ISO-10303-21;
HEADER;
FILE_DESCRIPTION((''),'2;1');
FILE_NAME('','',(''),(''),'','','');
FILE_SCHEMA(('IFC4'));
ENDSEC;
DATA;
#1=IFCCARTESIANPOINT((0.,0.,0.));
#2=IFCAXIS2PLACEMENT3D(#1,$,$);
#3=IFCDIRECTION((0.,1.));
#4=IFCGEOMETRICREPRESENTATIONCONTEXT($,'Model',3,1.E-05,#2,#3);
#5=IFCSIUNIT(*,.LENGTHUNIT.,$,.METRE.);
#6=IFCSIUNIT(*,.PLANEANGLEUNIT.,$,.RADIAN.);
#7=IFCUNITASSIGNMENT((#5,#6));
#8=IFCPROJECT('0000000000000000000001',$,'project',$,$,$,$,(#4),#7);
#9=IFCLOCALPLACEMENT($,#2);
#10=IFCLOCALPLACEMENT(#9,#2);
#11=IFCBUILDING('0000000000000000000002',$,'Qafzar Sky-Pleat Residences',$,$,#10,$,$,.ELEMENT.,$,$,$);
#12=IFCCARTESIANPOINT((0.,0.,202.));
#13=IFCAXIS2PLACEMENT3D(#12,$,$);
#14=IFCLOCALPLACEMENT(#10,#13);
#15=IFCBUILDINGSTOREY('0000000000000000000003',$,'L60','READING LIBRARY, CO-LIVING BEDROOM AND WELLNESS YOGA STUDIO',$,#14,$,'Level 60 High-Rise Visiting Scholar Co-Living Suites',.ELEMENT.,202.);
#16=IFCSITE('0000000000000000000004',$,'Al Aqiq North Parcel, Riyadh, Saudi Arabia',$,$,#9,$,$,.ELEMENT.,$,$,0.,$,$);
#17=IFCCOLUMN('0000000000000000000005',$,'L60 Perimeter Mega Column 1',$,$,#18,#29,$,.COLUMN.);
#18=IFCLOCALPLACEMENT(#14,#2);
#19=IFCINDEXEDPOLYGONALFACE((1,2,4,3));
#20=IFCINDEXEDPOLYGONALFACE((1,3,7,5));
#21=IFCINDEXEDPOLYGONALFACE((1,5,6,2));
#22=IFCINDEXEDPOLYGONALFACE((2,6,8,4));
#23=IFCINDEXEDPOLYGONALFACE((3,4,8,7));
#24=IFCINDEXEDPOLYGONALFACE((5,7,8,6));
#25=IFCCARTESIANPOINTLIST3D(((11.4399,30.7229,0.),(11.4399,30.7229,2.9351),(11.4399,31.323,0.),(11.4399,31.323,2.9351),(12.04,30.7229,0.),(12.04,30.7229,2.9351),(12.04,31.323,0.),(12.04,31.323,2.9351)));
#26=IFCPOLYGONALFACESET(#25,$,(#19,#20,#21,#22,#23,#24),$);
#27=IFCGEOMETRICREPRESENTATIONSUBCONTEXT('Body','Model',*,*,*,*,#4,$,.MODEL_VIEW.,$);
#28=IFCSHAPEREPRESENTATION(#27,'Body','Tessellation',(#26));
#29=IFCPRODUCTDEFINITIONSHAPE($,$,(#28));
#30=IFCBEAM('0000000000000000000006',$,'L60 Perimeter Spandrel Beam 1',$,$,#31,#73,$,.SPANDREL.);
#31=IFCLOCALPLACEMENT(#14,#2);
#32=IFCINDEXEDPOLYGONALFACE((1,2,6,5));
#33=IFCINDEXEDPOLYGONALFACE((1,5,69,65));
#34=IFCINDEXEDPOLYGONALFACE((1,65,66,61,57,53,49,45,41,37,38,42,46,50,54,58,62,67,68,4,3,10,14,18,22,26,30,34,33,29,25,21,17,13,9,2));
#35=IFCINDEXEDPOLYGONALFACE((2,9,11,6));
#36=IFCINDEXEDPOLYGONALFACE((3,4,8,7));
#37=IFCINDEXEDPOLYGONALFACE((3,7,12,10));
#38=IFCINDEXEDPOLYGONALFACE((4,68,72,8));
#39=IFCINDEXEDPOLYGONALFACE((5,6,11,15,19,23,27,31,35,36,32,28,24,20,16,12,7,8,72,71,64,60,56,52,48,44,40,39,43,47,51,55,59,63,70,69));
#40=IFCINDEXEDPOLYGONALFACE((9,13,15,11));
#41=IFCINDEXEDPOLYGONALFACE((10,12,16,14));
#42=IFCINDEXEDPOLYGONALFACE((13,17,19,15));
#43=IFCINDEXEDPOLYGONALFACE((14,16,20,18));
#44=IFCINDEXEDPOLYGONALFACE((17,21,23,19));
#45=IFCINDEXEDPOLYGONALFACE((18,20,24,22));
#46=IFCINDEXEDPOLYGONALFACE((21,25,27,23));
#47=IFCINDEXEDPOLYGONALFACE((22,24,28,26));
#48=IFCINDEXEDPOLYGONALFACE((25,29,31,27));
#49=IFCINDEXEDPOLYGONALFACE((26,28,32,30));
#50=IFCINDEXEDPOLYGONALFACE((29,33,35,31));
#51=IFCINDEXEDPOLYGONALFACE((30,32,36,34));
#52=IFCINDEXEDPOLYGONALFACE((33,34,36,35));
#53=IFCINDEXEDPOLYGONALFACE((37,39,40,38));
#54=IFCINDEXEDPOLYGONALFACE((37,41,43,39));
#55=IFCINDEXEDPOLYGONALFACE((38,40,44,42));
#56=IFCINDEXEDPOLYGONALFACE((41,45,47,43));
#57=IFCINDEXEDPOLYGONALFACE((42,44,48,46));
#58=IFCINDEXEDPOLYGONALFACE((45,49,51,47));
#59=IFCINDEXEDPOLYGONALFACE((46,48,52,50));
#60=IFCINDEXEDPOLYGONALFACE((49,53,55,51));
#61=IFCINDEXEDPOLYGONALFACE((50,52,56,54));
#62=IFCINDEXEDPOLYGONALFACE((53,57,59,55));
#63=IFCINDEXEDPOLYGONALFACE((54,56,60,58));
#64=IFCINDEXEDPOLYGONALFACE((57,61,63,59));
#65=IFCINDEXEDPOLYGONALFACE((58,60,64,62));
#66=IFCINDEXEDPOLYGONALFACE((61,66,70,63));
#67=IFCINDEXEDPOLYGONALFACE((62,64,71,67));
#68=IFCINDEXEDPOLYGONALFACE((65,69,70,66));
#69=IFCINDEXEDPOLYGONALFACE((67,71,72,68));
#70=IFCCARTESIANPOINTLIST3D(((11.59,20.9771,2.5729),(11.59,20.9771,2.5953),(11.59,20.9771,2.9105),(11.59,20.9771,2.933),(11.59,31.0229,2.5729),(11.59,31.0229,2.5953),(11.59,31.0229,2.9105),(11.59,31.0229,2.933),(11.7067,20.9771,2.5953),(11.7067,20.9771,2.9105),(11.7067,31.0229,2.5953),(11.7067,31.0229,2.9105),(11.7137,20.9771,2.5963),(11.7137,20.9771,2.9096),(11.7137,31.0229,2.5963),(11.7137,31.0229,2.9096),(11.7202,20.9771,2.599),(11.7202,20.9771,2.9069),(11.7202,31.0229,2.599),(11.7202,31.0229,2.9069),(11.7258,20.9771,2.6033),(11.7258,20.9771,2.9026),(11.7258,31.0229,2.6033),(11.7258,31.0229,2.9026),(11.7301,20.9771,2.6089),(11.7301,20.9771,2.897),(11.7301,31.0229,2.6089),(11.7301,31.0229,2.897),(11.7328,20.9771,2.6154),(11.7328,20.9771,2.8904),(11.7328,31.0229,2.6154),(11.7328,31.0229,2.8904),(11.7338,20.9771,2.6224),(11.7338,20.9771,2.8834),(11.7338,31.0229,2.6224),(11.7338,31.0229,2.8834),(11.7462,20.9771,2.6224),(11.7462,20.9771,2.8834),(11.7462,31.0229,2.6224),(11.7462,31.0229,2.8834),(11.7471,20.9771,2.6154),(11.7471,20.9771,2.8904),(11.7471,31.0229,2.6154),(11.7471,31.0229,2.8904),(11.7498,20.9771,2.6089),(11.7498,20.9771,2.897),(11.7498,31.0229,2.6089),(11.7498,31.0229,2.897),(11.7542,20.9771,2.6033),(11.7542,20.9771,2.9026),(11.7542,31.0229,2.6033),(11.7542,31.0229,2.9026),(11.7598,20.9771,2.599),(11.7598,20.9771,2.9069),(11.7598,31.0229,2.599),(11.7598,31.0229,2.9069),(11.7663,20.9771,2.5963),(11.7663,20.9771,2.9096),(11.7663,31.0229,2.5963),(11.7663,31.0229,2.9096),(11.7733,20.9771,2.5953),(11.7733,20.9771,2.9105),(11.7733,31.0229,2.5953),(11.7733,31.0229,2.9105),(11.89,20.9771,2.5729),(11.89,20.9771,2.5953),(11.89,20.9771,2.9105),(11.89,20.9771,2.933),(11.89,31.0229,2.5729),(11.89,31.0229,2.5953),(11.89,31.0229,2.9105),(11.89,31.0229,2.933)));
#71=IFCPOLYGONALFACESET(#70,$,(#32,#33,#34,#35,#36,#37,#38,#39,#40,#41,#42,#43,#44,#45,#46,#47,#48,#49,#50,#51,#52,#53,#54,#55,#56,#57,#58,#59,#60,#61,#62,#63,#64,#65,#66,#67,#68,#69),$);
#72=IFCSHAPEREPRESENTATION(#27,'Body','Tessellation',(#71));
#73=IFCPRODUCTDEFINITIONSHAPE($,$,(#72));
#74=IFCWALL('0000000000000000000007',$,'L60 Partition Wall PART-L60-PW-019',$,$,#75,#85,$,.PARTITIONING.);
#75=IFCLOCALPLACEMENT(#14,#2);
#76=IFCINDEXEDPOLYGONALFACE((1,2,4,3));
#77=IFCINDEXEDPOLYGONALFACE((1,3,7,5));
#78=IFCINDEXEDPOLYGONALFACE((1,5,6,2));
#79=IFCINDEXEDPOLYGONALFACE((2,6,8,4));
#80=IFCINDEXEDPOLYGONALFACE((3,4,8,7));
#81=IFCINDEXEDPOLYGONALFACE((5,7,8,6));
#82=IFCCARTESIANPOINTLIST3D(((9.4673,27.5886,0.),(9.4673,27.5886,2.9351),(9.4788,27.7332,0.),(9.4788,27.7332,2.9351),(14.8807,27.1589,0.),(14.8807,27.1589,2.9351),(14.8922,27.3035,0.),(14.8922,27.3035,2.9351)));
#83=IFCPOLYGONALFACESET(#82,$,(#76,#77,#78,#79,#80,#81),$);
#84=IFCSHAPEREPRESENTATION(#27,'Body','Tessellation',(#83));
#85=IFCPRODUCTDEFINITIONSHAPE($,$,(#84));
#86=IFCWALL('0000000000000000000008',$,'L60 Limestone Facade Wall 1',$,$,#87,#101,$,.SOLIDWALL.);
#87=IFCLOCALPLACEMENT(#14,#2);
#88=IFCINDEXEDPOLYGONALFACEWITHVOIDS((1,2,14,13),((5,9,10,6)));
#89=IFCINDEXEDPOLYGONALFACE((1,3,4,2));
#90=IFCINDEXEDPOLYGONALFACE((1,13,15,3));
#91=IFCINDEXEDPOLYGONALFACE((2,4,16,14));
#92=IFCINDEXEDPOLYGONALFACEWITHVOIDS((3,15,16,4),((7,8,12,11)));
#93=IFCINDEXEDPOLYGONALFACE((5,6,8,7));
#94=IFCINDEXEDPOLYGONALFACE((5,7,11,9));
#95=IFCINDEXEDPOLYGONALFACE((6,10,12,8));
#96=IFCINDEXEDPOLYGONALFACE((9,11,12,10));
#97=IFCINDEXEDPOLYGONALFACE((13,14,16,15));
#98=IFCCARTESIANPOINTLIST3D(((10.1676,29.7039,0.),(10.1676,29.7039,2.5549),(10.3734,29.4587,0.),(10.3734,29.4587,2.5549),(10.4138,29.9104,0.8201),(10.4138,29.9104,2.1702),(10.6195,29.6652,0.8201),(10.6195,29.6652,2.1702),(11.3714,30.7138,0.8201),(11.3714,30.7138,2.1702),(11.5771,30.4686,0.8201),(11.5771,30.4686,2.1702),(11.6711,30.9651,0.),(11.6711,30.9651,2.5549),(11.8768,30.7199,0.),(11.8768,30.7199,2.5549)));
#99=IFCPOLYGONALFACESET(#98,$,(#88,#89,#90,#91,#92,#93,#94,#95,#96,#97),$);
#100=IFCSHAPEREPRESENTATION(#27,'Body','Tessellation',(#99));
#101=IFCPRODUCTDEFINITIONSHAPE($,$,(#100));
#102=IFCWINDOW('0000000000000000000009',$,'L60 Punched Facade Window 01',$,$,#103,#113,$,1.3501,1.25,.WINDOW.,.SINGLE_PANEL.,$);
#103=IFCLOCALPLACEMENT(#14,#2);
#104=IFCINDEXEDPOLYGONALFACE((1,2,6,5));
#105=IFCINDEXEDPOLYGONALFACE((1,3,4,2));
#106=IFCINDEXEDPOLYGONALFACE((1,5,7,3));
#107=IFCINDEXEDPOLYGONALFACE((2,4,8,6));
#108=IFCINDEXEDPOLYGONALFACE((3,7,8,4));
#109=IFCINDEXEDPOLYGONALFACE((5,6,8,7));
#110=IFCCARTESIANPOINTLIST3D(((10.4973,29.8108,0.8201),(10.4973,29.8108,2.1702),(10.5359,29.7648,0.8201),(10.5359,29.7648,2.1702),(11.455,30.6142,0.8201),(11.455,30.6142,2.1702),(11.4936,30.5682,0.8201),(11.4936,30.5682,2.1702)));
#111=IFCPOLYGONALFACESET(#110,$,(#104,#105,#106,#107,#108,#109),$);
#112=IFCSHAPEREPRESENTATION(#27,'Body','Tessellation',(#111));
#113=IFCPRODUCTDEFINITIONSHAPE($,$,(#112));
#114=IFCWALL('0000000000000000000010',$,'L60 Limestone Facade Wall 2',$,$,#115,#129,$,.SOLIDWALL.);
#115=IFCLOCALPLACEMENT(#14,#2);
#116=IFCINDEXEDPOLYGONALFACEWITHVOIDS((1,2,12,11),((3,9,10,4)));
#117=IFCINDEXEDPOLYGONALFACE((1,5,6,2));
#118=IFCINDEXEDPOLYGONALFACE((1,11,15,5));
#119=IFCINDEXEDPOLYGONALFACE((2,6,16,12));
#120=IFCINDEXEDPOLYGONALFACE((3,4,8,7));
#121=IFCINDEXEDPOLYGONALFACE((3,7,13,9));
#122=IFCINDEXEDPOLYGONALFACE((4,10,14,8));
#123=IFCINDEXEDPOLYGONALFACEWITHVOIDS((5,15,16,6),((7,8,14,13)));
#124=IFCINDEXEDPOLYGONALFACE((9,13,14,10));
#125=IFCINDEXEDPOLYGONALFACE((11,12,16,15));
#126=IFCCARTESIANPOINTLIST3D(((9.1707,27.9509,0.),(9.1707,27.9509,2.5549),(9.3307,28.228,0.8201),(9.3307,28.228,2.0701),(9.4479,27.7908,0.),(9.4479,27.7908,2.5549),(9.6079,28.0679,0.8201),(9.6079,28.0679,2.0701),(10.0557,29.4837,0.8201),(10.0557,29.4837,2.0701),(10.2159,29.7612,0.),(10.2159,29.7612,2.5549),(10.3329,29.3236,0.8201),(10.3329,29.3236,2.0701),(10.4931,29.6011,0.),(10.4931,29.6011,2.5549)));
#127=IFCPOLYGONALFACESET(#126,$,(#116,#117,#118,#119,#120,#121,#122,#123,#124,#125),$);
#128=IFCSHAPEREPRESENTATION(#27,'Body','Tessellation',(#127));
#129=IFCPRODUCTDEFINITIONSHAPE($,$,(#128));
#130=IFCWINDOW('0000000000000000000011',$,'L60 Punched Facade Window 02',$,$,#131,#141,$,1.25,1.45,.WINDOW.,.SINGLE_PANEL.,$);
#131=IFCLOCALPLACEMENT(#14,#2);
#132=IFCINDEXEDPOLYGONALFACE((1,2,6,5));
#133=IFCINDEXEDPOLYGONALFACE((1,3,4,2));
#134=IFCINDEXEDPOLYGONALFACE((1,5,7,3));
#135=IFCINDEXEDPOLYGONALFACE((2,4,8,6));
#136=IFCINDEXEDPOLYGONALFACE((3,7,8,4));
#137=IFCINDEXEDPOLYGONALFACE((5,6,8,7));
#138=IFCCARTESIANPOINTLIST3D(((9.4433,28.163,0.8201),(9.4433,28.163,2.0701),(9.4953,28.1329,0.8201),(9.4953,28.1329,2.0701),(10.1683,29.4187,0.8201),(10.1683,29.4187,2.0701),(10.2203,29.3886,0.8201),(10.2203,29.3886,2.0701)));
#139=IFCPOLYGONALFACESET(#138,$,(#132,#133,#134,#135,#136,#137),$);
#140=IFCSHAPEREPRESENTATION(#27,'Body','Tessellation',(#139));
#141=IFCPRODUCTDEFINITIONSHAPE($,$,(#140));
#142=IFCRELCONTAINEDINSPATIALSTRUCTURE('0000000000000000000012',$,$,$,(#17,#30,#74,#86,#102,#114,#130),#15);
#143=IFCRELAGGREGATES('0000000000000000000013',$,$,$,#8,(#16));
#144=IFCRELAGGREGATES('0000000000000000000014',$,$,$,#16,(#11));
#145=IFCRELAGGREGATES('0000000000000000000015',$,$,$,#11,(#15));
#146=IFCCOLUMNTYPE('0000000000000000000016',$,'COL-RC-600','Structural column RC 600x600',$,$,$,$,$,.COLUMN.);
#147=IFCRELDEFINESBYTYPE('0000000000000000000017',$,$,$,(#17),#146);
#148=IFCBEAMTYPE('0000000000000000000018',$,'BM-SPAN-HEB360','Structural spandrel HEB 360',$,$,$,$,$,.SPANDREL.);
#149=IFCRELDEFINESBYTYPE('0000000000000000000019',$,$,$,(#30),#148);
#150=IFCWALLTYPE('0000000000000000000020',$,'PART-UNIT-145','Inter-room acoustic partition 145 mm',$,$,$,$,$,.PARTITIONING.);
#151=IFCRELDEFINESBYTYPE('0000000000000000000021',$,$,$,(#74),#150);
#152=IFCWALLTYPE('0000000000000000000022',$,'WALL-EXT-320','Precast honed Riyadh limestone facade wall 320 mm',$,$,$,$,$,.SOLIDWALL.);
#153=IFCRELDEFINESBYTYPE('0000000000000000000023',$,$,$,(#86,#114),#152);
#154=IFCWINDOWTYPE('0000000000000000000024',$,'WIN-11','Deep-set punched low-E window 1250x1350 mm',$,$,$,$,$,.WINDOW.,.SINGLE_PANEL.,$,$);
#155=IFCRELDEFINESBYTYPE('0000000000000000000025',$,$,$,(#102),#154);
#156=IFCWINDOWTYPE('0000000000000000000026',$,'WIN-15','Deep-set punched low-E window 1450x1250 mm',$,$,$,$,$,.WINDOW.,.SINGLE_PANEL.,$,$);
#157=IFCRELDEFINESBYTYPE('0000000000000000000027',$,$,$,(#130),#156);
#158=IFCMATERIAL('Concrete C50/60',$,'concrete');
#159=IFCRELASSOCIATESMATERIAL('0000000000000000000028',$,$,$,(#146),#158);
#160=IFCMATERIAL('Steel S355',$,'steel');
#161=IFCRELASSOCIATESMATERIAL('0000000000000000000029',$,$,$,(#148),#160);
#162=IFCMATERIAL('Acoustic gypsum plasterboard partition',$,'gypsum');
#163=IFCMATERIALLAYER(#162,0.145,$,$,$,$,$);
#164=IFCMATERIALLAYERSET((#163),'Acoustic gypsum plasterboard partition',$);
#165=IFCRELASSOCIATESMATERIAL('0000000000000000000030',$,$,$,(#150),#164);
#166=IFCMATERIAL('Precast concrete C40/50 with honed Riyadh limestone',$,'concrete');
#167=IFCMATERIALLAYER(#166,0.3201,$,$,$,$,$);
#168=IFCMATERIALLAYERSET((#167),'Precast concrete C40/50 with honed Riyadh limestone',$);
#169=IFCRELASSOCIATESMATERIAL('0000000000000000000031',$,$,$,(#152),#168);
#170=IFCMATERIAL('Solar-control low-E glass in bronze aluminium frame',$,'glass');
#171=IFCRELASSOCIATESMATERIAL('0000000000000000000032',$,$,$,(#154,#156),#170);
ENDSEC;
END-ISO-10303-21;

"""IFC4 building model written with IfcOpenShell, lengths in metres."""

from ifc_helpers import new_model, si_unit, direction, frame, frame_2d, origin, origin_2d, place, context, subcontext, project, spatial, rectangle, i_section, extrude, source, transform, mapped, material, layer, layer_set, material_profile, profile_set, type_object, element, fill, save


model = new_model("IFC4")

# Units and contexts
model_context = context("Model", 3, precision=1e-05, world=origin(), true_north=direction((0.0, 1.0)))
body_context = subcontext(model_context, "Body", "Model", "MODEL_VIEW")
ifc_project = project(units=[si_unit("LENGTHUNIT", "METRE"), si_unit("PLANEANGLEUNIT", "RADIAN")], contexts=[model_context])

# Site, building, storey
site_placement = place(None, origin())
site = spatial("IfcSite", under=ifc_project, at=site_placement, Name="Al Aqiq North Parcel, Riyadh, Saudi Arabia", CompositionType="ELEMENT", RefElevation=0.0)
building_placement = place(site_placement, origin())
building = spatial("IfcBuilding", under=site, at=building_placement, Name="Qafzar Sky-Pleat Residences", CompositionType="ELEMENT")
storey_placement = place(building_placement, frame((0.0, 0.0, 202.0)))
storey = spatial("IfcBuildingStorey", under=building, at=storey_placement, Name="L60", Description="READING LIBRARY, CO-LIVING BEDROOM AND WELLNESS YOGA STUDIO", LongName="Level 60 High-Rise Visiting Scholar Co-Living Suites", CompositionType="ELEMENT", Elevation=202.0)

# Column
ifc_material_1 = material(Name="Concrete C50/60", Category="concrete")
ifc_material_profile_1 = material_profile(ifc_material_1, rectangle(XDim=0.6001, YDim=0.6001, at=origin_2d()), Name="RC 600x600")
ifc_profile_set_1 = profile_set([ifc_material_profile_1], Name="Concrete C50/60")
column_type = type_object("IfcColumnType", Name="COL-RC-600", Description="Structural column RC 600x600", PredefinedType="COLUMN", material=ifc_profile_set_1)
shared_shape_1 = source(origin(), body_context, "Body", "SweptSolid", [
    extrude(rectangle(XDim=0.6001, YDim=0.6001, at=origin_2d()), origin(), (0.0, 0.0, 1.0), 2.9351),
])
column_placement = place(storey_placement, frame((11.74, 31.0229, 0.0), z_axis=(0.0, 0.0, 1.0), x_axis=(1.0, 0.0, 0.0)))
element("IfcColumn", 1, at=column_placement, inside=storey, type_object=column_type, Name="L60 Perimeter Mega Column 1", PredefinedType="COLUMN", context=body_context, shape_type="MappedRepresentation", body=[
    mapped(shared_shape_1, transform((0.0, 0.0, 0.0), x_axis=(1.0, 0.0, 0.0), y_axis=(0.0, 1.0, 0.0), z_axis=(0.0, 0.0, 1.0), scale=1.0)),
])

# Beam
ifc_material_2 = material(Name="Steel S355", Category="steel")
ifc_material_profile_2 = material_profile(ifc_material_2, i_section(OverallWidth=0.3, OverallDepth=0.3601, WebThickness=0.0125, FlangeThickness=0.0225, FilletRadius=0.0271, at=origin_2d()), Name="HEB 360")
ifc_profile_set_2 = profile_set([ifc_material_profile_2], Name="Steel S355")
beam_type = type_object("IfcBeamType", Name="BM-SPAN-HEB360", Description="Structural spandrel HEB 360", PredefinedType="SPANDREL", material=ifc_profile_set_2)
shared_shape_2 = source(origin(), body_context, "Body", "SweptSolid", [
    extrude(i_section(OverallWidth=0.3, OverallDepth=0.3601, WebThickness=0.0125, FlangeThickness=0.0225, FilletRadius=0.0271, at=origin_2d()), origin(), (0.0, 0.0, 1.0), 10.0459),
])
beam_placement = place(storey_placement, frame((11.74, 31.0229, 2.7529), z_axis=(0.0, -1.0, 0.0), x_axis=(1.0, 0.0, 0.0)))
element("IfcBeam", 2, at=beam_placement, inside=storey, type_object=beam_type, Name="L60 Perimeter Spandrel Beam 1", PredefinedType="SPANDREL", context=body_context, shape_type="MappedRepresentation", body=[
    mapped(shared_shape_2, transform((0.0, 0.0, 0.0), x_axis=(1.0, 0.0, 0.0), y_axis=(0.0, 1.0, 0.0), z_axis=(0.0, 0.0, 1.0), scale=1.0)),
])

# Wall
ifc_material_3 = material(Name="Acoustic gypsum plasterboard partition", Category="gypsum")
ifc_layer_1 = layer(ifc_material_3, 0.145)
ifc_layer_set_1 = layer_set([ifc_layer_1], Name="Acoustic gypsum plasterboard partition")
wall_type_1 = type_object("IfcWallType", Name="PART-UNIT-145", Description="Inter-room acoustic partition 145 mm", PredefinedType="PARTITIONING", material=ifc_layer_set_1)
wall_1_placement = place(storey_placement, frame((9.4729, 27.6609, 0.0), z_axis=(0.0, 0.0, 1.0), x_axis=(0.996865, -0.079127, 0.0)))
element("IfcWall", 3, at=wall_1_placement, inside=storey, type_object=wall_type_1, Name="L60 Partition Wall PART-L60-PW-019", PredefinedType="PARTITIONING", context=body_context, shape_type="SweptSolid", body=[
    extrude(rectangle(XDim=5.4304, YDim=0.145, at=frame_2d((2.7153, 0.0))), origin(), (0.0, 0.0, 1.0), 2.9351),
])

# Walls, openings, windows
ifc_material_4 = material(Name="Precast concrete C40/50 with honed Riyadh limestone", Category="concrete")
ifc_layer_2 = layer(ifc_material_4, 0.3201)
ifc_layer_set_2 = layer_set([ifc_layer_2], Name="Precast concrete C40/50 with honed Riyadh limestone")
wall_type_2 = type_object("IfcWallType", Name="WALL-EXT-320", Description="Precast honed Riyadh limestone facade wall 320 mm", PredefinedType="SOLIDWALL", material=ifc_layer_set_2)
wall_2_placement = place(storey_placement, frame((11.7739, 30.8425, 0.0), z_axis=(0.0, 0.0, 1.0), x_axis=(-0.766116, -0.642702, 0.0)))
wall_2 = element("IfcWall", 4, at=wall_2_placement, inside=storey, type_object=wall_type_2, Name="L60 Limestone Facade Wall 1", PredefinedType="SOLIDWALL", context=body_context, shape_type="SweptSolid", body=[
    extrude(rectangle(XDim=1.9624, YDim=0.3201, at=frame_2d((0.9812, 0.0))), origin(), (0.0, 0.0, 1.0), 2.5549),
])
opening_1_placement = place(wall_2_placement, frame((0.3911, 0.0, 0.8201)))
opening_1 = element("IfcOpeningElement", 5, at=opening_1_placement, cuts=wall_2, PredefinedType="OPENING", context=body_context, shape_type="SweptSolid", body=[
    extrude(rectangle(XDim=1.25, YDim=1.3501, at=frame_2d((0.625, 0.675))), frame((0.0, 0.1699, 0.0), z_axis=(0.0, -1.0, 0.0), x_axis=(1.0, 0.0, 0.0)), (0.0, 0.0, 1.0), 0.3401),
])
ifc_material_5 = material(Name="Solar-control low-E glass in bronze aluminium frame", Category="glass")
window_type_1 = type_object("IfcWindowType", Name="WIN-11", Description="Deep-set punched low-E window 1250x1350 mm", PartitioningType="SINGLE_PANEL", PredefinedType="WINDOW", material=ifc_material_5)
shared_shape_3 = source(origin(), body_context, "Body", "SweptSolid", [
    extrude(rectangle(XDim=1.25, YDim=1.3501, at=frame_2d((0.625, 0.675))), frame((0.0, 0.03, 0.0), z_axis=(0.0, -1.0, 0.0), x_axis=(1.0, 0.0, 0.0)), (0.0, 0.0, 1.0), 0.0601),
])
window_1_placement = place(opening_1_placement, origin())
window_1 = element("IfcWindow", 6, at=window_1_placement, inside=storey, type_object=window_type_1, Name="L60 Punched Facade Window 01", OverallHeight=1.3501, OverallWidth=1.25, PartitioningType="SINGLE_PANEL", PredefinedType="WINDOW", context=body_context, shape_type="MappedRepresentation", body=[
    mapped(shared_shape_3, transform((0.0, 0.0, 0.0), x_axis=(1.0, 0.0, 0.0), y_axis=(0.0, 1.0, 0.0), z_axis=(0.0, 0.0, 1.0), scale=1.0)),
])
fill(opening_1, window_1)
wall_3_placement = place(storey_placement, frame((10.3545, 29.6812, 0.0), z_axis=(0.0, 0.0, 1.0), x_axis=(-0.499995, -0.866028, 0.0)))
wall_3 = element("IfcWall", 7, at=wall_3_placement, inside=storey, type_object=wall_type_2, Name="L60 Limestone Facade Wall 2", PredefinedType="SOLIDWALL", context=body_context, shape_type="SweptSolid", body=[
    extrude(rectangle(XDim=2.0903, YDim=0.3201, at=frame_2d((1.0452, 0.0))), origin(), (0.0, 0.0, 1.0), 2.5549),
])
opening_2_placement = place(wall_3_placement, frame((0.3203, 0.0, 0.8201)))
opening_2 = element("IfcOpeningElement", 8, at=opening_2_placement, cuts=wall_3, PredefinedType="OPENING", context=body_context, shape_type="SweptSolid", body=[
    extrude(rectangle(XDim=1.45, YDim=1.25, at=frame_2d((0.7251, 0.625))), frame((0.0, 0.1699, 0.0), z_axis=(0.0, -1.0, 0.0), x_axis=(1.0, 0.0, 0.0)), (0.0, 0.0, 1.0), 0.3401),
])
window_type_2 = type_object("IfcWindowType", Name="WIN-15", Description="Deep-set punched low-E window 1450x1250 mm", PartitioningType="SINGLE_PANEL", PredefinedType="WINDOW", material=ifc_material_5)
shared_shape_4 = source(origin(), body_context, "Body", "SweptSolid", [
    extrude(rectangle(XDim=1.45, YDim=1.25, at=frame_2d((0.7251, 0.625))), frame((0.0, 0.03, 0.0), z_axis=(0.0, -1.0, 0.0), x_axis=(1.0, 0.0, 0.0)), (0.0, 0.0, 1.0), 0.0601),
])
window_2_placement = place(opening_2_placement, origin())
window_2 = element("IfcWindow", 9, at=window_2_placement, inside=storey, type_object=window_type_2, Name="L60 Punched Facade Window 02", OverallHeight=1.25, OverallWidth=1.45, PartitioningType="SINGLE_PANEL", PredefinedType="WINDOW", context=body_context, shape_type="MappedRepresentation", body=[
    mapped(shared_shape_4, transform((0.0, 0.0, 0.0), x_axis=(1.0, 0.0, 0.0), y_axis=(0.0, 1.0, 0.0), z_axis=(0.0, 0.0, 1.0), scale=1.0)),
])
fill(opening_2, window_2)

save(model, "model.ifc")
